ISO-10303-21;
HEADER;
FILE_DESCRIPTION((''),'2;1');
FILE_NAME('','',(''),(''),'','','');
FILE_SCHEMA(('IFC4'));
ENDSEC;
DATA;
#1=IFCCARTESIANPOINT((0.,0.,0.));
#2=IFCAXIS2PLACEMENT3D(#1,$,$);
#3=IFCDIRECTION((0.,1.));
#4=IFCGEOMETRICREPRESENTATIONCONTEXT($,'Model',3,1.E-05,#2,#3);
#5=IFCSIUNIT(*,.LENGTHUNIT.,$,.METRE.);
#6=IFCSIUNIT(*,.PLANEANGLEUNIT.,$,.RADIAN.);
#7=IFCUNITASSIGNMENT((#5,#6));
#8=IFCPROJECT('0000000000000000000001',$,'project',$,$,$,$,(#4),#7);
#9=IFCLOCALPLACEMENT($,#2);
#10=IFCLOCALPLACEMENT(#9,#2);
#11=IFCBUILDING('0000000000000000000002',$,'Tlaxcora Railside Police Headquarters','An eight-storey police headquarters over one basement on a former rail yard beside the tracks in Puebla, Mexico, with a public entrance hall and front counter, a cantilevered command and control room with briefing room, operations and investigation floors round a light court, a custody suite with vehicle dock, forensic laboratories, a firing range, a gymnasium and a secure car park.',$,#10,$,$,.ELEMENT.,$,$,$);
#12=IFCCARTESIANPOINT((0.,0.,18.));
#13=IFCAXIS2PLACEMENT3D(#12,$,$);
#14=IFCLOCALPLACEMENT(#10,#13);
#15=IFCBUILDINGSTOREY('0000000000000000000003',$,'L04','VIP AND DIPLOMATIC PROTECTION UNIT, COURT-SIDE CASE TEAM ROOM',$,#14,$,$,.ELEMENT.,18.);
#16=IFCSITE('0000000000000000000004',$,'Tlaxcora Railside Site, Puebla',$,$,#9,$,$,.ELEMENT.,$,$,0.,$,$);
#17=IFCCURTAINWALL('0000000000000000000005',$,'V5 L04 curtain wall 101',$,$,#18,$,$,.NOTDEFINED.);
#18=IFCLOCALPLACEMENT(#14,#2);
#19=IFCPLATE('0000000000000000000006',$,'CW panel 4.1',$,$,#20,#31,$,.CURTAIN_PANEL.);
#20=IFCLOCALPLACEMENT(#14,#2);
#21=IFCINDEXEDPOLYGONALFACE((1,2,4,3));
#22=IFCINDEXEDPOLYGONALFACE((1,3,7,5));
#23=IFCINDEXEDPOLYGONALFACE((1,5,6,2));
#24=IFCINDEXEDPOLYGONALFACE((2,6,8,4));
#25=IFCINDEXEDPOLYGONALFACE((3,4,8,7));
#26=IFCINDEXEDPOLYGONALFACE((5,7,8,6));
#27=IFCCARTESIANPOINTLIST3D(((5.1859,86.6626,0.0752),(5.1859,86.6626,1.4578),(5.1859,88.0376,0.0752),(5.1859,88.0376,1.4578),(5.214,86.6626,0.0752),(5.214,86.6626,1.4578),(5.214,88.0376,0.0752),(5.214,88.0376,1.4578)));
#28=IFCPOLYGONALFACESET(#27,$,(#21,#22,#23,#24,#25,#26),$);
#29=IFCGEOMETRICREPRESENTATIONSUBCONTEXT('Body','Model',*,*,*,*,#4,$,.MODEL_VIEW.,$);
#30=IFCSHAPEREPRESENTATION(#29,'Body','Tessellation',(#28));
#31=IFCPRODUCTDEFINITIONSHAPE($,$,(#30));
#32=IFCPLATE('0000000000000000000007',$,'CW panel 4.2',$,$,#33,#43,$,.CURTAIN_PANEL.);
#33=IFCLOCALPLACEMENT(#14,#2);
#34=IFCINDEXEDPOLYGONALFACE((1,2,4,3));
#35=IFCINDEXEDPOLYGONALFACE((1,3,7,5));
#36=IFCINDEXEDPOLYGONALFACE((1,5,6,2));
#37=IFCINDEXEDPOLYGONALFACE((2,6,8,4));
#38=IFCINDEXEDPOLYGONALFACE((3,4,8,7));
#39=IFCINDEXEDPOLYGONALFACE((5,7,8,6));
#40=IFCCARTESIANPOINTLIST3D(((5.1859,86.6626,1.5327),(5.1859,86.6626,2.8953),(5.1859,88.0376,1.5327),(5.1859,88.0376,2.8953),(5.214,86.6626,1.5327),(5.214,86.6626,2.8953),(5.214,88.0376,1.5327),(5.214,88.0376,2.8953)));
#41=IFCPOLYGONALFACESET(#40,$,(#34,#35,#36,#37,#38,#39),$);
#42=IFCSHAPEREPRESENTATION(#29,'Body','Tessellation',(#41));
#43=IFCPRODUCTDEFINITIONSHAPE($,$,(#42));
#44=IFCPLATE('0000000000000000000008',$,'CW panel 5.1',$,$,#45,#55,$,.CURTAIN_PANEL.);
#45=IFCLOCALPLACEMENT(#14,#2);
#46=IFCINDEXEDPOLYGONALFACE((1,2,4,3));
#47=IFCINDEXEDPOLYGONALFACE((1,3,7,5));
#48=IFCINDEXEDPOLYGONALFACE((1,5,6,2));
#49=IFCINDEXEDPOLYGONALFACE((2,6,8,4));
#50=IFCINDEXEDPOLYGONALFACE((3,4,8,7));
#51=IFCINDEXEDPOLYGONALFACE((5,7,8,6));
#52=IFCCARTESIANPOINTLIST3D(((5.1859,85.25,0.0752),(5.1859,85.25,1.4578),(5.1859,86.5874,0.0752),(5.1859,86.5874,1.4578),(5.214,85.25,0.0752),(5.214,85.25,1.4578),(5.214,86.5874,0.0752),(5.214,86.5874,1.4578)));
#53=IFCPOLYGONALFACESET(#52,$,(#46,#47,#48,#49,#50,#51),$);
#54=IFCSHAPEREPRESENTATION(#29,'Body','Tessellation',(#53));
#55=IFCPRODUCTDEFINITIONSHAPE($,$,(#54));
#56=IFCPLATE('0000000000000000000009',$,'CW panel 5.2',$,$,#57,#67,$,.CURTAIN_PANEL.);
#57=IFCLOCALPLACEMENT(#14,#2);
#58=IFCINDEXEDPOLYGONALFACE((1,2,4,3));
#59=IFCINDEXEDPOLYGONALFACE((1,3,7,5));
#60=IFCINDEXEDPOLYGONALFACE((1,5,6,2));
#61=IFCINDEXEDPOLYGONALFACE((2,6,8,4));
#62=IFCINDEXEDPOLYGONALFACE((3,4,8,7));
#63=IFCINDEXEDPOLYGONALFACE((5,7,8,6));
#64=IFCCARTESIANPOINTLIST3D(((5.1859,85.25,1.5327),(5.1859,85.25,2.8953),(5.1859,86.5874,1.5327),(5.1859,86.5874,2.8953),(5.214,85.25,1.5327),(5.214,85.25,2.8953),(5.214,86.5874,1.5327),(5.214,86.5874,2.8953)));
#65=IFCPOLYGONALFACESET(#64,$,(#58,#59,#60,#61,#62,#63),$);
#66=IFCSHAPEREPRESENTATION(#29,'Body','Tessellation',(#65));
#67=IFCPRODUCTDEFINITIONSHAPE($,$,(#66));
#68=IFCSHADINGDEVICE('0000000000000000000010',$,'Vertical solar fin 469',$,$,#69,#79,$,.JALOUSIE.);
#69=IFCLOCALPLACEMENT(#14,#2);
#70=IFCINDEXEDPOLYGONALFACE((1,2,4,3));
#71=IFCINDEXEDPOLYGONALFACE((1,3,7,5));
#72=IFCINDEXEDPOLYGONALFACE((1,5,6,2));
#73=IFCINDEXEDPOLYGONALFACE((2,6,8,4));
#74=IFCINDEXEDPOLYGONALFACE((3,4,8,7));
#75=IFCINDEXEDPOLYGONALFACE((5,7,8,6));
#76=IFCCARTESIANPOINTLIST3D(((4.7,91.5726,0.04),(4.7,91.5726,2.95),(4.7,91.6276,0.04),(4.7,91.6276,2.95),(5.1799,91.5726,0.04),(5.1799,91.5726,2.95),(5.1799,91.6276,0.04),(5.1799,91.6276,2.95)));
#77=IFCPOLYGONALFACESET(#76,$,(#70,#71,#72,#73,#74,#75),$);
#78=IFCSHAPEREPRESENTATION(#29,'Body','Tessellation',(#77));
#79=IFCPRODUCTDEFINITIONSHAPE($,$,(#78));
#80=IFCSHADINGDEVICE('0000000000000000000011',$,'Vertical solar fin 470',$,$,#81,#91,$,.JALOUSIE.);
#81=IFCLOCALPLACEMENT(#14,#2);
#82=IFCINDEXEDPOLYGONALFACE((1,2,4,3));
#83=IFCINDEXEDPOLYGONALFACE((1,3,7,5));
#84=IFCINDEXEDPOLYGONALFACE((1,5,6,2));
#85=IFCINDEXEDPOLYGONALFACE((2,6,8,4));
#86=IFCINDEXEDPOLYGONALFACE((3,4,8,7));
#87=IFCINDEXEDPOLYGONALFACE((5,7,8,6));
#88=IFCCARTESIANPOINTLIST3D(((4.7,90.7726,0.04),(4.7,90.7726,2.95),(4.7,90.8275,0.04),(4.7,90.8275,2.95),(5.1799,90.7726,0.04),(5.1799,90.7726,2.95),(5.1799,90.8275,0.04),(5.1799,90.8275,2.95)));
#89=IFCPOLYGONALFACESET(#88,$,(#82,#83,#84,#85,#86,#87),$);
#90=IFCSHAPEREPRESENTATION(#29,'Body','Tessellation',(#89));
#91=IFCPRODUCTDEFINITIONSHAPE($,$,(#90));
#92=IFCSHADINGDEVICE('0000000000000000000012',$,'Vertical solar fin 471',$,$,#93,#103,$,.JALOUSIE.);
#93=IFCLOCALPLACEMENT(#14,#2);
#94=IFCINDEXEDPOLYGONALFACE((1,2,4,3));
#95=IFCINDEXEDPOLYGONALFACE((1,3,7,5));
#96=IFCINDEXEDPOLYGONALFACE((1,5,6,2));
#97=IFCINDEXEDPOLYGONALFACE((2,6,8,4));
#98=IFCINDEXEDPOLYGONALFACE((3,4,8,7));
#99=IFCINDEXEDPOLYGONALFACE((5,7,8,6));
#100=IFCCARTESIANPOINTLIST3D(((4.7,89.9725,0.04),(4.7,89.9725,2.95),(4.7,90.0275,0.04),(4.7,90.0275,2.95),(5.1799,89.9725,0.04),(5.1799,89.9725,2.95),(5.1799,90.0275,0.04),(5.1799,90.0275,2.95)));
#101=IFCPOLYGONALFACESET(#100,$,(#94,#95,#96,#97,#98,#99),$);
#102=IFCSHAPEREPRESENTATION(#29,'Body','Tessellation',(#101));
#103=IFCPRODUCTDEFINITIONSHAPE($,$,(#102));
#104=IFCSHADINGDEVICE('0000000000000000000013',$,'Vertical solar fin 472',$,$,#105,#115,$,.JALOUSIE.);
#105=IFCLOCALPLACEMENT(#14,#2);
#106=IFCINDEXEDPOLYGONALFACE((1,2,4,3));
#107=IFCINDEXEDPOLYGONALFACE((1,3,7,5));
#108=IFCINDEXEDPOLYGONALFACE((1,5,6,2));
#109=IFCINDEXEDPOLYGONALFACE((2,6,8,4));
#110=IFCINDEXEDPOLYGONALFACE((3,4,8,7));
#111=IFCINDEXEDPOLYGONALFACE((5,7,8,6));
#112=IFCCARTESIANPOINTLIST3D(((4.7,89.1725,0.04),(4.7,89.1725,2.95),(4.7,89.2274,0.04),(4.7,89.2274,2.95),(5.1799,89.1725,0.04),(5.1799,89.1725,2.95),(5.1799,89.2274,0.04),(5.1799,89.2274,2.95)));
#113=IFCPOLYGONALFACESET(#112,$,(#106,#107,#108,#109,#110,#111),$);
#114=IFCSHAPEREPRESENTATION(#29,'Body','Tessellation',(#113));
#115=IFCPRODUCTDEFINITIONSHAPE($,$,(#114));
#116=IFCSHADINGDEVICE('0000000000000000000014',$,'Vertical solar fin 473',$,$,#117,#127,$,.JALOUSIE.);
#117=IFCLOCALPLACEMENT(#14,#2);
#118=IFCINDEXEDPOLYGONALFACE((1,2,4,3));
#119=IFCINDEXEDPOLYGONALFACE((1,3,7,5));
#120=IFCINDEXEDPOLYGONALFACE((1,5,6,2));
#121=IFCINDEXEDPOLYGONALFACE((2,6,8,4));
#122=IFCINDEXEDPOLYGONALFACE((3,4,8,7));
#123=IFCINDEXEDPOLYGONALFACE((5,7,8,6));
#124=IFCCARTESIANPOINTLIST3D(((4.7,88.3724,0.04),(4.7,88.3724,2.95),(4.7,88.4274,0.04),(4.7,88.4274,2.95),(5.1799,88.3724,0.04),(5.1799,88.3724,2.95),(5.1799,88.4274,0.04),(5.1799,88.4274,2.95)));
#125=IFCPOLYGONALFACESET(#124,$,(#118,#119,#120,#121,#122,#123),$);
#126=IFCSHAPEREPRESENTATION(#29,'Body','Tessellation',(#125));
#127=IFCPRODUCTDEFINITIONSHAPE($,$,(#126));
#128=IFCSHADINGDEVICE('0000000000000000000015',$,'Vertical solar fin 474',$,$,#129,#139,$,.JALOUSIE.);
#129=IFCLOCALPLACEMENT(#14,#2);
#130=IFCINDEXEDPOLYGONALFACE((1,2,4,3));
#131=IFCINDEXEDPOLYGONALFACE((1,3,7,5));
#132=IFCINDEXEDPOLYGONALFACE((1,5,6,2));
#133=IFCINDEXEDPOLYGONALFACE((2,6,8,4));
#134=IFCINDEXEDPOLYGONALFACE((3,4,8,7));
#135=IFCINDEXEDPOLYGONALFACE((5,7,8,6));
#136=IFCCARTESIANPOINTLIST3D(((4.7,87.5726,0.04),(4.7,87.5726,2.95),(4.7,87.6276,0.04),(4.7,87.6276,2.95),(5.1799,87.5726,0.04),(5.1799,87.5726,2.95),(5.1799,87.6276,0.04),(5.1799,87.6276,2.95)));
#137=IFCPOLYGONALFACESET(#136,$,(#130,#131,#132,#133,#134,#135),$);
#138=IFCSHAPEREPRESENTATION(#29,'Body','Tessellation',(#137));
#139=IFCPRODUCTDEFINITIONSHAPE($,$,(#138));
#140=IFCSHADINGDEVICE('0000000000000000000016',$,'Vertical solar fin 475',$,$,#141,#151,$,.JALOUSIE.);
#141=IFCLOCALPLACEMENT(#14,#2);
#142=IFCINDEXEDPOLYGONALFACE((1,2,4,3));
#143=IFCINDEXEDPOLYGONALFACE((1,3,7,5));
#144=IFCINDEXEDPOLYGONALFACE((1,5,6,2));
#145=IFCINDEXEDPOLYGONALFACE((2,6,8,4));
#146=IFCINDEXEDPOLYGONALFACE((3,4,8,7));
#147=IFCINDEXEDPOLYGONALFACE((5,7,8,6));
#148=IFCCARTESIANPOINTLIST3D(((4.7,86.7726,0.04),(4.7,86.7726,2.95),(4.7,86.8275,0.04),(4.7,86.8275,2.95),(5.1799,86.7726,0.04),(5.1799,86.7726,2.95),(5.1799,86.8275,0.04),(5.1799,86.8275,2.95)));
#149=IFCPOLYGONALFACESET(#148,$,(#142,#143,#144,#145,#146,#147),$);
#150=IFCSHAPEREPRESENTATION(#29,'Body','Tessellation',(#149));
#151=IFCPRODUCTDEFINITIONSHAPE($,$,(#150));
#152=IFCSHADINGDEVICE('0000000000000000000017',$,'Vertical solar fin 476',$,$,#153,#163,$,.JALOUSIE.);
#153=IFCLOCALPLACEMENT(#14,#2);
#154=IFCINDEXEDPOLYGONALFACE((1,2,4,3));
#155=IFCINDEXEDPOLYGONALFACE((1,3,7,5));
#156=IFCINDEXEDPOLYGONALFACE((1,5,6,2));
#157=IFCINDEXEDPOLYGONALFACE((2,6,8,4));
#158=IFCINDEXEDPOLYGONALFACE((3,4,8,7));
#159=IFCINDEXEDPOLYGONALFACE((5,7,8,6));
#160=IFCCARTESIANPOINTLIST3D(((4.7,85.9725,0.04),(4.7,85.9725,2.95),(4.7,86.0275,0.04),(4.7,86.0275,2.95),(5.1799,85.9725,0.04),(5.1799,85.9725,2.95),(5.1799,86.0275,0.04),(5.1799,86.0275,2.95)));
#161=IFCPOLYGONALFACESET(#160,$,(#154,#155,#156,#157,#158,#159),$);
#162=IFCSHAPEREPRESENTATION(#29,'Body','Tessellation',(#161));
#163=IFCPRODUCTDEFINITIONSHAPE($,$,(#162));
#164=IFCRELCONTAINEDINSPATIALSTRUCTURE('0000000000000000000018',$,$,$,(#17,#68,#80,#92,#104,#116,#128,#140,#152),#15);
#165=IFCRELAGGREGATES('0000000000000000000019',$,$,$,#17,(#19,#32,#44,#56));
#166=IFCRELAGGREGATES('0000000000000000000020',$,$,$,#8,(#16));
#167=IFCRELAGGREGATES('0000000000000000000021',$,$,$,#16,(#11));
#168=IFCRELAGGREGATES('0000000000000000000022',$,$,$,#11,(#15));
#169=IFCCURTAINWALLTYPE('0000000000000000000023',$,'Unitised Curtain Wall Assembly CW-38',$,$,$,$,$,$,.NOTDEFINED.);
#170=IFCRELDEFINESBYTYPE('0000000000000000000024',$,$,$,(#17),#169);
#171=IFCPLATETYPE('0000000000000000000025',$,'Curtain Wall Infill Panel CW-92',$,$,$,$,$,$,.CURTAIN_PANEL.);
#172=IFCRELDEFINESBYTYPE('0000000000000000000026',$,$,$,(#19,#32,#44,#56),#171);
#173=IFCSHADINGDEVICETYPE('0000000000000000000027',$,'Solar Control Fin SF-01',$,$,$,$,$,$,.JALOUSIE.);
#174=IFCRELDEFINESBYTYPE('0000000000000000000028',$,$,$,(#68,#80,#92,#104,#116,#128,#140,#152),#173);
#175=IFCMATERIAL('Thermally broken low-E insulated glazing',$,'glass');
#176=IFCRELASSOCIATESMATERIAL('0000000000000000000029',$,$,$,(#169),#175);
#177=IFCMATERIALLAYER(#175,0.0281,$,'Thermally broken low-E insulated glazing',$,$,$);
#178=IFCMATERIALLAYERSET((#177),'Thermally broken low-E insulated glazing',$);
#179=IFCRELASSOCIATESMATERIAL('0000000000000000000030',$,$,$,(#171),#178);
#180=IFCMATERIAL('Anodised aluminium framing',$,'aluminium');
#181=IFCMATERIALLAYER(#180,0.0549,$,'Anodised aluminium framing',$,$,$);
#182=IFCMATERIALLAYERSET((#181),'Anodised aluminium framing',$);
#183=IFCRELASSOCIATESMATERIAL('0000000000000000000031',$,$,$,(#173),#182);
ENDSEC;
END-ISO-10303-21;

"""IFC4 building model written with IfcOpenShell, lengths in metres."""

from ifc_helpers import new_model, si_unit, direction, frame, origin, origin_2d, place, context, subcontext, project, spatial, rectangle, extrude, material, layer, layer_set, type_object, element, aggregate, save


model = new_model("IFC4")

# Units and contexts
model_context = context("Model", 3, precision=1e-05, world=origin(), true_north=direction((0.0, 1.0)))
body_context = subcontext(model_context, "Body", "Model", "MODEL_VIEW")
ifc_project = project(units=[si_unit("LENGTHUNIT", "METRE"), si_unit("PLANEANGLEUNIT", "RADIAN")], contexts=[model_context])

# Site, building, storey
site_placement = place(None, origin())
site = spatial("IfcSite", under=ifc_project, at=site_placement, Name="Tlaxcora Railside Site, Puebla", CompositionType="ELEMENT", RefElevation=0.0)
building_placement = place(site_placement, origin())
building = spatial("IfcBuilding", under=site, at=building_placement, Name="Tlaxcora Railside Police Headquarters", Description="An eight-storey police headquarters over one basement on a former rail yard beside the tracks in Puebla, Mexico, with a public entrance hall and front counter, a cantilevered command and control room with briefing room, operations and investigation floors round a light court, a custody suite with vehicle dock, forensic laboratories, a firing range, a gymnasium and a secure car park.", CompositionType="ELEMENT")
storey_placement = place(building_placement, frame((0.0, 0.0, 18.0)))
storey = spatial("IfcBuildingStorey", under=building, at=storey_placement, Name="L04", Description="VIP AND DIPLOMATIC PROTECTION UNIT, COURT-SIDE CASE TEAM ROOM", CompositionType="ELEMENT", Elevation=18.0)

# Curtain wall
ifc_material_1 = material(Name="Thermally broken low-E insulated glazing", Category="glass")
curtain_wall_type = type_object("IfcCurtainWallType", Name="Unitised Curtain Wall Assembly CW-38", PredefinedType="NOTDEFINED", material=ifc_material_1)
curtain_wall_placement = place(storey_placement, origin())
curtain_wall = element("IfcCurtainWall", 1, at=curtain_wall_placement, inside=storey, type_object=curtain_wall_type, Name="V5 L04 curtain wall 101", PredefinedType="NOTDEFINED")
ifc_material_2 = material(Name="Anodised aluminium framing", Category="aluminium")

# Plates
ifc_layer_1 = layer(ifc_material_1, 0.0281, Name="Thermally broken low-E insulated glazing")
ifc_layer_set_1 = layer_set([ifc_layer_1], Name="Thermally broken low-E insulated glazing")
plate_type = type_object("IfcPlateType", Name="Curtain Wall Infill Panel CW-92", PredefinedType="CURTAIN_PANEL", material=ifc_layer_set_1)
plate_1_placement = place(storey_placement, frame((5.2, 87.3501, 0.0752), z_axis=(0.0, 0.0, 1.0), x_axis=(0.0, -1.0, 0.0)))
plate_1 = element("IfcPlate", 2, at=plate_1_placement, type_object=plate_type, Name="CW panel 4.1", PredefinedType="CURTAIN_PANEL", context=body_context, shape_type="SweptSolid", body=[
    extrude(rectangle(XDim=1.375, YDim=0.0281, at=origin_2d()), origin(), (0.0, 0.0, 1.0), 1.3826),
])
plate_2_placement = place(storey_placement, frame((5.2, 87.3501, 1.5327), z_axis=(0.0, 0.0, 1.0), x_axis=(0.0, -1.0, 0.0)))
plate_2 = element("IfcPlate", 3, at=plate_2_placement, type_object=plate_type, Name="CW panel 4.2", PredefinedType="CURTAIN_PANEL", context=body_context, shape_type="SweptSolid", body=[
    extrude(rectangle(XDim=1.375, YDim=0.0281, at=origin_2d()), origin(), (0.0, 0.0, 1.0), 1.3625),
])
plate_3_placement = place(storey_placement, frame((5.2, 85.9187, 0.0752), z_axis=(0.0, 0.0, 1.0), x_axis=(0.0, -1.0, 0.0)))
plate_3 = element("IfcPlate", 4, at=plate_3_placement, type_object=plate_type, Name="CW panel 5.1", PredefinedType="CURTAIN_PANEL", context=body_context, shape_type="SweptSolid", body=[
    extrude(rectangle(XDim=1.3374, YDim=0.0281, at=origin_2d()), origin(), (0.0, 0.0, 1.0), 1.3826),
])
plate_4_placement = place(storey_placement, frame((5.2, 85.9187, 1.5327), z_axis=(0.0, 0.0, 1.0), x_axis=(0.0, -1.0, 0.0)))
plate_4 = element("IfcPlate", 5, at=plate_4_placement, type_object=plate_type, Name="CW panel 5.2", PredefinedType="CURTAIN_PANEL", context=body_context, shape_type="SweptSolid", body=[
    extrude(rectangle(XDim=1.3374, YDim=0.0281, at=origin_2d()), origin(), (0.0, 0.0, 1.0), 1.3625),
])
aggregate(curtain_wall, [plate_1, plate_2, plate_3, plate_4])

# Shading devices
ifc_layer_2 = layer(ifc_material_2, 0.0549, Name="Anodised aluminium framing")
ifc_layer_set_2 = layer_set([ifc_layer_2], Name="Anodised aluminium framing")
shading_device_type = type_object("IfcShadingDeviceType", Name="Solar Control Fin SF-01", PredefinedType="JALOUSIE", material=ifc_layer_set_2)
for number, where, z_axis, x_axis, name in (
    (6, (4.9399, 91.6001, 0.04), (0.0, 0.0, 1.0), (-1.0, 0.0, 0.0), "Vertical solar fin 469"),
    (7, (4.9399, 90.8, 0.04), (0.0, 0.0, 1.0), (-1.0, 0.0, 0.0), "Vertical solar fin 470"),
    (8, (4.9399, 90.0, 0.04), (0.0, 0.0, 1.0), (-1.0, 0.0, 0.0), "Vertical solar fin 471"),
    (9, (4.9399, 89.2, 0.04), (0.0, 0.0, 1.0), (-1.0, 0.0, 0.0), "Vertical solar fin 472"),
    (10, (4.9399, 88.3999, 0.04), (0.0, 0.0, 1.0), (-1.0, 0.0, 0.0), "Vertical solar fin 473"),
    (11, (4.9399, 87.6001, 0.04), (0.0, 0.0, 1.0), (-1.0, 0.0, 0.0), "Vertical solar fin 474"),
    (12, (4.9399, 86.8, 0.04), (0.0, 0.0, 1.0), (-1.0, 0.0, 0.0), "Vertical solar fin 475"),
    (13, (4.9399, 86.0, 0.04), (0.0, 0.0, 1.0), (-1.0, 0.0, 0.0), "Vertical solar fin 476"),
):
    element("IfcShadingDevice", number, at=place(storey_placement, frame(where, z_axis=z_axis, x_axis=x_axis)), inside=storey, type_object=shading_device_type, Name=name, PredefinedType="JALOUSIE", context=body_context, shape_type="SweptSolid", body=[
        extrude(rectangle(XDim=0.48, YDim=0.0549, at=origin_2d()), origin(), (0.0, 0.0, 1.0), 2.9099),
    ])

save(model, "model.ifc")
